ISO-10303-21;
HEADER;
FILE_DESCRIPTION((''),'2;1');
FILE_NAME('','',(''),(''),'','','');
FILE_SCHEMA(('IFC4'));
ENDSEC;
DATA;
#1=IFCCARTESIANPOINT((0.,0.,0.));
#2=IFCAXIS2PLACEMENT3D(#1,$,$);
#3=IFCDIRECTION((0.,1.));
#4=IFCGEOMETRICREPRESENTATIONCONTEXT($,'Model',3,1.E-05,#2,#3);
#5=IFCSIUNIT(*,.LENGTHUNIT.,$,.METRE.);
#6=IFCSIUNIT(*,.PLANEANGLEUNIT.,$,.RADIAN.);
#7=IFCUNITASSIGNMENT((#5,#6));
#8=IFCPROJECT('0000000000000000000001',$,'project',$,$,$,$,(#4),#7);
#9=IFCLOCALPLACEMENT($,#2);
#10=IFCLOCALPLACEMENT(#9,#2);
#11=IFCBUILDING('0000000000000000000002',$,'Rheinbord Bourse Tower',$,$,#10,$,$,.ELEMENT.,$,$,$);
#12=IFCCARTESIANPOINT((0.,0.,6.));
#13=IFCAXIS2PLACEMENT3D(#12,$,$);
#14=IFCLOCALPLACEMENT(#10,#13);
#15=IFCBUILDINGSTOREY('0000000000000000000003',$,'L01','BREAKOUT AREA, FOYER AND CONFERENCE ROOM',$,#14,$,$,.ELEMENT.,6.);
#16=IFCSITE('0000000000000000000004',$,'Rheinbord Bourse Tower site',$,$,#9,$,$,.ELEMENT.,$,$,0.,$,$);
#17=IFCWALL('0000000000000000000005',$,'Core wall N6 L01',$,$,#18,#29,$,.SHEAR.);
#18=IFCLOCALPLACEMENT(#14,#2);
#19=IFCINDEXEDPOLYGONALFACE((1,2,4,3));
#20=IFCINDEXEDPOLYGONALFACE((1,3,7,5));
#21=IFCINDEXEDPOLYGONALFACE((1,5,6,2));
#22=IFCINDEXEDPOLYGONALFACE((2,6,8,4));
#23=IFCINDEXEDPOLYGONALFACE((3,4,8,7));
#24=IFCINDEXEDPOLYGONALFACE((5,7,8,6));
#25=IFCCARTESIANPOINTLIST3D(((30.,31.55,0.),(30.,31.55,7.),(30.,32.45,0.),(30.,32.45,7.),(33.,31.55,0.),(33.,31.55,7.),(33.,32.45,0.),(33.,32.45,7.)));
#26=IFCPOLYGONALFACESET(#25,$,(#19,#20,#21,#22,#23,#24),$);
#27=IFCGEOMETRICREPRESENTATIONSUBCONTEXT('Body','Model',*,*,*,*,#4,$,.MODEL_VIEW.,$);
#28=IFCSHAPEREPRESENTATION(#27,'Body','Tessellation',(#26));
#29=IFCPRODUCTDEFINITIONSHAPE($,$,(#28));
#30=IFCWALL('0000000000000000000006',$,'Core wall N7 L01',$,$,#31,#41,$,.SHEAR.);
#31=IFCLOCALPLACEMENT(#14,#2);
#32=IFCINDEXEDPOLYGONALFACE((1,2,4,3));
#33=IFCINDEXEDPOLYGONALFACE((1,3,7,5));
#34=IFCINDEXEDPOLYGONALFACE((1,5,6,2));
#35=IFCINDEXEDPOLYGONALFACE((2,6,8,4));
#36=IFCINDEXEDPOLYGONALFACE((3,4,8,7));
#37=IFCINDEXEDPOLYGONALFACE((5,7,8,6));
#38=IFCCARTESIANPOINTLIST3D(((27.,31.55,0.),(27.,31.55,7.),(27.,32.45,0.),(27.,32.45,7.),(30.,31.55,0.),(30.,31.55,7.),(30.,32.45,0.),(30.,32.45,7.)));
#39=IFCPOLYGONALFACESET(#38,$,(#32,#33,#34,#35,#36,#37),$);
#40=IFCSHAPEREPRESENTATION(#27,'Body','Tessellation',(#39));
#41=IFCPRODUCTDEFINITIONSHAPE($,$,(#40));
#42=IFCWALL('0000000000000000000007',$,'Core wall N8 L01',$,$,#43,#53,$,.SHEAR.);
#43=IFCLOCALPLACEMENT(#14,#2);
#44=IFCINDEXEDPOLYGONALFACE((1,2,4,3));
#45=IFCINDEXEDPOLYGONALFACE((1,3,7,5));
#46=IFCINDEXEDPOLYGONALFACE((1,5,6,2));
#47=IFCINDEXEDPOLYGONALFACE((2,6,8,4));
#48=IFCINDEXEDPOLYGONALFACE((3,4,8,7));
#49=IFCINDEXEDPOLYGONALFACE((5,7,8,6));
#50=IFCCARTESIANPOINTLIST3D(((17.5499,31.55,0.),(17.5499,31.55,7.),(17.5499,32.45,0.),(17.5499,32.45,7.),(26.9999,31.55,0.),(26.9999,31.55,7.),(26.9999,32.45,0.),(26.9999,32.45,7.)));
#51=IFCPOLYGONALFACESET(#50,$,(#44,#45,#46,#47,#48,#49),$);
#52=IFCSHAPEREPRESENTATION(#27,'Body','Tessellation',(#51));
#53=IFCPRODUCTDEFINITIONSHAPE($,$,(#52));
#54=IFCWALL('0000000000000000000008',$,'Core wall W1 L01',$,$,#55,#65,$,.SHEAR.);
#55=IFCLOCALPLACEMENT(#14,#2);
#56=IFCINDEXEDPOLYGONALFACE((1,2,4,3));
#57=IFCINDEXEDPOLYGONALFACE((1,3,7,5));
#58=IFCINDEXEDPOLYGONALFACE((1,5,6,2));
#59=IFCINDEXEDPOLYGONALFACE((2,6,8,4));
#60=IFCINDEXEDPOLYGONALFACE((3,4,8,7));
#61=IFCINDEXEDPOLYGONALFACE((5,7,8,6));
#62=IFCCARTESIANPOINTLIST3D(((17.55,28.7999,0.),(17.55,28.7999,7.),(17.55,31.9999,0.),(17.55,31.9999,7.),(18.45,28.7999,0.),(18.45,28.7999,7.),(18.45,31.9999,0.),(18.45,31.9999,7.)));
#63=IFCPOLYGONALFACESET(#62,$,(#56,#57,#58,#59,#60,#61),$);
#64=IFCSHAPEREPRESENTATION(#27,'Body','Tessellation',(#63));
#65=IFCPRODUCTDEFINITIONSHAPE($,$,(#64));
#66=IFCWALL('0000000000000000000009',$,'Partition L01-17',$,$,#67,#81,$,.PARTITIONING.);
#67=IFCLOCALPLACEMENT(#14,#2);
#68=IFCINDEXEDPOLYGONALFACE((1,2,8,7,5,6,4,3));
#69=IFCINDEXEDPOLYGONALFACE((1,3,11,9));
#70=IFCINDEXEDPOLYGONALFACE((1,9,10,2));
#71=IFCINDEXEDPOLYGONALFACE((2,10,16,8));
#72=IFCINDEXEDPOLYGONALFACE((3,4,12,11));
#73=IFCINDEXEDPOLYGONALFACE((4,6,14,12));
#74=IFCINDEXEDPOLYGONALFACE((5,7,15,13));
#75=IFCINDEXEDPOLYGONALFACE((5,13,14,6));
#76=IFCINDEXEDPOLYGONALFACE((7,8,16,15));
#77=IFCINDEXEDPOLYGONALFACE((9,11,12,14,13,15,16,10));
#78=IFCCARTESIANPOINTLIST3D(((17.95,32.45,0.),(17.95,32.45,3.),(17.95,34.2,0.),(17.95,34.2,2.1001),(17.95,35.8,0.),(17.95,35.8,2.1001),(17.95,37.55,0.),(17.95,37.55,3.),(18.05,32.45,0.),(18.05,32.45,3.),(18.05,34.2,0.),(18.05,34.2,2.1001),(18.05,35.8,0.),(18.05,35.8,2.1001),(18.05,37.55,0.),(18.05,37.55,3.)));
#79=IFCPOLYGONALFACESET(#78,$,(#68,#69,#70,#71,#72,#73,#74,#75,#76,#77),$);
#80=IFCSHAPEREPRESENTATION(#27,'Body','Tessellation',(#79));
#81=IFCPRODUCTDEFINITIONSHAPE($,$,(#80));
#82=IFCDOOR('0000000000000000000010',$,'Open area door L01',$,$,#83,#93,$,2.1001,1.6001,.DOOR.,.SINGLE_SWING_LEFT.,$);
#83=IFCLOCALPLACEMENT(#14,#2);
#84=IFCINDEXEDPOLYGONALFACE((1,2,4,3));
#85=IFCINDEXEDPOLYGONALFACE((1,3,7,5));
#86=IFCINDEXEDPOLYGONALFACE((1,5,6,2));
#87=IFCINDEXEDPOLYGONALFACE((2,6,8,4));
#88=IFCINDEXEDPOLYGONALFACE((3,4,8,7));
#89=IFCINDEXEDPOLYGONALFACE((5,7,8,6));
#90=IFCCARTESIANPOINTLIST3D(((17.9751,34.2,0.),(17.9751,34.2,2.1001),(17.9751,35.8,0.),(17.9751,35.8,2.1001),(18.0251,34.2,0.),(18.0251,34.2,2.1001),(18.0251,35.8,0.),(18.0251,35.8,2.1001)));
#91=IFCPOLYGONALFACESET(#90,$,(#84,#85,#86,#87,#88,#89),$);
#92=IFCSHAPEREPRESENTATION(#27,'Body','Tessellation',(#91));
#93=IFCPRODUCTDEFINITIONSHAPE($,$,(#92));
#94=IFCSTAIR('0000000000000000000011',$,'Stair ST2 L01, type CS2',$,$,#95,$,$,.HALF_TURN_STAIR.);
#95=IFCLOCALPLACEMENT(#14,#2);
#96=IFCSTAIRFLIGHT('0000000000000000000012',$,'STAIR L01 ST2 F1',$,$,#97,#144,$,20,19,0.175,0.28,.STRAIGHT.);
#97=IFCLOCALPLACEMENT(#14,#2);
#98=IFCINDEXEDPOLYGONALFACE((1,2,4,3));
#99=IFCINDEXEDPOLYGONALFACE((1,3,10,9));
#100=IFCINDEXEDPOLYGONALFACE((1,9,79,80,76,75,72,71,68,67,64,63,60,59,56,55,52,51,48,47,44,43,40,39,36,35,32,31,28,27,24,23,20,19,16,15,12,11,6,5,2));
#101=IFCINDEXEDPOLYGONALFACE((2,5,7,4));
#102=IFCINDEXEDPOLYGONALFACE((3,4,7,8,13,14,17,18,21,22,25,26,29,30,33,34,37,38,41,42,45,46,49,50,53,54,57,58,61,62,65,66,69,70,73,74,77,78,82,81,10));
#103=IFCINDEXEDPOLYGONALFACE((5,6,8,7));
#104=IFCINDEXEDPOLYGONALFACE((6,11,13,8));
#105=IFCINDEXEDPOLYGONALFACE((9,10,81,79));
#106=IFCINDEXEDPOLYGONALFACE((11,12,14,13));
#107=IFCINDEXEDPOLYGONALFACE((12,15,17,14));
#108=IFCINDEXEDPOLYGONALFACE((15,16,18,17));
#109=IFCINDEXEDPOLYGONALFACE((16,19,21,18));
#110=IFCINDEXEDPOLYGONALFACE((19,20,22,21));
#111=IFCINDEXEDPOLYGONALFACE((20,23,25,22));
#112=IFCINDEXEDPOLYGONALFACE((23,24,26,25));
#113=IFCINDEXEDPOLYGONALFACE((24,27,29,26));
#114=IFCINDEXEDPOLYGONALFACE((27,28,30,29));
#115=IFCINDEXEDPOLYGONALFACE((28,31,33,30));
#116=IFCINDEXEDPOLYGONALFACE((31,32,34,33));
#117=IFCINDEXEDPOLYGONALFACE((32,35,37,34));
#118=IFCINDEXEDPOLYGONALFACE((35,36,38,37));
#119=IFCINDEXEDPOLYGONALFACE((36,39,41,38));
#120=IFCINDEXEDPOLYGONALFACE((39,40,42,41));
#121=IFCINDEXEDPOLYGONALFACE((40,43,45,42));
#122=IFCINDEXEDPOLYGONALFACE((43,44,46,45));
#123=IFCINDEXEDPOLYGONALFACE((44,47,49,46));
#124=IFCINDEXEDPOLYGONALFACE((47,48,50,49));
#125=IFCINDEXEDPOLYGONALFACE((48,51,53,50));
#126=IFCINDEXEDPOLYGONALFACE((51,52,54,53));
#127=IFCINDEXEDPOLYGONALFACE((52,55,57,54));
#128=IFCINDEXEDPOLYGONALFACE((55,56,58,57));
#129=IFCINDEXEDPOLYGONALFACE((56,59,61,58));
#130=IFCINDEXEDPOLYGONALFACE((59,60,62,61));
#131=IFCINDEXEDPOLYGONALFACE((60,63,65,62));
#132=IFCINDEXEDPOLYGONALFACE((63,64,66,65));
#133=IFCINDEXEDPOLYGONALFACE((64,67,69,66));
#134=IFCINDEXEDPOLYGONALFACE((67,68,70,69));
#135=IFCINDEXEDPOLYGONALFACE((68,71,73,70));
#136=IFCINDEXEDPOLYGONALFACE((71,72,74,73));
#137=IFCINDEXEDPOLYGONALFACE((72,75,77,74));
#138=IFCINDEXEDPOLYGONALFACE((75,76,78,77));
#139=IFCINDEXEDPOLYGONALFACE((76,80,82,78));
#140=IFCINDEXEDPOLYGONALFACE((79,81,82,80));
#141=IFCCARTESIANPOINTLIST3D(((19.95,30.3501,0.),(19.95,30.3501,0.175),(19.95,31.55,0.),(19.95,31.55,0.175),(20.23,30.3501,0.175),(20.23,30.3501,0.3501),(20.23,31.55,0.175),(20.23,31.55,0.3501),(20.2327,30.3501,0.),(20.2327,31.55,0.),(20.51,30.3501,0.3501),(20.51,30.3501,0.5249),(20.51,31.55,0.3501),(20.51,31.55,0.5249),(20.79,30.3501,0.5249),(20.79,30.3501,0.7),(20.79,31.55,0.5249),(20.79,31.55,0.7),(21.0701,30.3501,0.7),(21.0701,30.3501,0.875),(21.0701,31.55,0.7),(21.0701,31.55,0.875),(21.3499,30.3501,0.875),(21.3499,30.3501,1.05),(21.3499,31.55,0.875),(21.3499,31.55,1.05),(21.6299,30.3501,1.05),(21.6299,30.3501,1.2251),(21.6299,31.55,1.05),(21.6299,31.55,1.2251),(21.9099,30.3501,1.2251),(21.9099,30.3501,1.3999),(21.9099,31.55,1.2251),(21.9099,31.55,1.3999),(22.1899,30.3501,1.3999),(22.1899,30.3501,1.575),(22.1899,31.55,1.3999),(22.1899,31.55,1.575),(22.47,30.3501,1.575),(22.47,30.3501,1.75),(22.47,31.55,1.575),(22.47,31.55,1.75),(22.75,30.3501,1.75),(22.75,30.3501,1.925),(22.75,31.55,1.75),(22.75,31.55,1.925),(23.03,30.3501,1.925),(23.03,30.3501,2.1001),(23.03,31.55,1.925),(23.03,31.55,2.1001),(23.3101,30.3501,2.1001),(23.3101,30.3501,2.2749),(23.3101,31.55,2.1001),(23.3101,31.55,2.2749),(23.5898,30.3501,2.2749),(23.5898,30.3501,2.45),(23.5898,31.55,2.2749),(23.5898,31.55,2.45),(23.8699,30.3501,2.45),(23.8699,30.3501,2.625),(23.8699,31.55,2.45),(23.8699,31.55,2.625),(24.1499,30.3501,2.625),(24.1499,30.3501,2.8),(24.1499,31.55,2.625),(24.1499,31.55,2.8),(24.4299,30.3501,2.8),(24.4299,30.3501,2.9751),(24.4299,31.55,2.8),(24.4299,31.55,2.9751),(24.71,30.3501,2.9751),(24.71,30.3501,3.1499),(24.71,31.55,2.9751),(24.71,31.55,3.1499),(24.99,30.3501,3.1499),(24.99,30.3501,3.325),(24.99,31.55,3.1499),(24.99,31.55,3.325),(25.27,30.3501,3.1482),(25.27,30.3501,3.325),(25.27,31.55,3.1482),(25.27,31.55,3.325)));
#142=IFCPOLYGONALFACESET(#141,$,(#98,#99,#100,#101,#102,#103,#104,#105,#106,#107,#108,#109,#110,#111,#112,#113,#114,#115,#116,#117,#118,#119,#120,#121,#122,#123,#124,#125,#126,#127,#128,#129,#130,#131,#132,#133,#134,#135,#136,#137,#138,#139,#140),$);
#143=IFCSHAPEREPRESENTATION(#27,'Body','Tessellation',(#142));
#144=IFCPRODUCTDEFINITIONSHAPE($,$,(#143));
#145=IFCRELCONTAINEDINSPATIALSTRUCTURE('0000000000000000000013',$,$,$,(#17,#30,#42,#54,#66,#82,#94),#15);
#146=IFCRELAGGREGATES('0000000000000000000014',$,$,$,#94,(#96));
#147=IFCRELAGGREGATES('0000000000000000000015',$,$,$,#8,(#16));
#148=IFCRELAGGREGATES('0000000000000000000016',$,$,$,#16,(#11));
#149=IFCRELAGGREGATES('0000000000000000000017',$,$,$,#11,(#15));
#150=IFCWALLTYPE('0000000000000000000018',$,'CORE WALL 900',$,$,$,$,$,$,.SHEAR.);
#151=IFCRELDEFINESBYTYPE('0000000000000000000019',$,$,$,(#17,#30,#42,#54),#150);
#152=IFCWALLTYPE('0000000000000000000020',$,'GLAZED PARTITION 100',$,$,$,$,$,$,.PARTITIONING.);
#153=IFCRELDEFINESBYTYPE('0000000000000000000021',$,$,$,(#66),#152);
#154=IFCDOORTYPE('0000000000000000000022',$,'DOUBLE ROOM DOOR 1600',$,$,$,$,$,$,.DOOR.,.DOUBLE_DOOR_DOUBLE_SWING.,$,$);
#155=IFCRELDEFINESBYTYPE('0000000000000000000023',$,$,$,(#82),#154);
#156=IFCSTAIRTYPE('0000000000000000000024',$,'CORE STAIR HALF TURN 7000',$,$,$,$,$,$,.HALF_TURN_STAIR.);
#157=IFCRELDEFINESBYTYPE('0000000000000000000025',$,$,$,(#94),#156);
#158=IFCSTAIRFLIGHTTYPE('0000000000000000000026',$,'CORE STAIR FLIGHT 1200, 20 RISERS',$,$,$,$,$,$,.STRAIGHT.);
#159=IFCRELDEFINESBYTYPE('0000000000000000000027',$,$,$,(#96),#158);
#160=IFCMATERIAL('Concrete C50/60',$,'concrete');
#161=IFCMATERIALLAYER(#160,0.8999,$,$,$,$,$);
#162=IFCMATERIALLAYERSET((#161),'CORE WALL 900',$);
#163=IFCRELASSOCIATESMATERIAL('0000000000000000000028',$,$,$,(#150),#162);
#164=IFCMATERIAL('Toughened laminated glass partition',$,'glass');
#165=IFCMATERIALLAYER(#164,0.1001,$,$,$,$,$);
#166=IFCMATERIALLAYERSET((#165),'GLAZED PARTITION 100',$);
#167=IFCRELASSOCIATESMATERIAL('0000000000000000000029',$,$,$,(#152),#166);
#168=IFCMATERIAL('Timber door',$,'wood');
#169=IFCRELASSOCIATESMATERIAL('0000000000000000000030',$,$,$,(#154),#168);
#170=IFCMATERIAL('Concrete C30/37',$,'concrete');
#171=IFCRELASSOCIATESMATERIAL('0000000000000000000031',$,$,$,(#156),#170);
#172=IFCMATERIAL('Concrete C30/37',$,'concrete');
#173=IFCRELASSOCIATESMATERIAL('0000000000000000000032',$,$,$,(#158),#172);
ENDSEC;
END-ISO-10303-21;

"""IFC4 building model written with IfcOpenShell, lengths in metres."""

from ifc_helpers import new_model, si_unit, direction, frame, frame_2d, origin, place, context, subcontext, project, spatial, polyline, rectangle, outline, extrude, material, layer, layer_set, type_object, element, fill, aggregate, save


model = new_model("IFC4")

# Units and contexts
model_context = context("Model", 3, precision=1e-05, world=origin(), true_north=direction((0.0, 1.0)))
body_context = subcontext(model_context, "Body", "Model", "MODEL_VIEW")
ifc_project = project(units=[si_unit("LENGTHUNIT", "METRE"), si_unit("PLANEANGLEUNIT", "RADIAN")], contexts=[model_context])

# Site, building, storey
site_placement = place(None, origin())
site = spatial("IfcSite", under=ifc_project, at=site_placement, Name="Rheinbord Bourse Tower site", CompositionType="ELEMENT", RefElevation=0.0)
building_placement = place(site_placement, origin())
building = spatial("IfcBuilding", under=site, at=building_placement, Name="Rheinbord Bourse Tower", CompositionType="ELEMENT")
storey_placement = place(building_placement, frame((0.0, 0.0, 6.0)))
storey = spatial("IfcBuildingStorey", under=building, at=storey_placement, Name="L01", Description="BREAKOUT AREA, FOYER AND CONFERENCE ROOM", CompositionType="ELEMENT", Elevation=6.0)

# Walls
ifc_material_1 = material(Name="Concrete C50/60", Category="concrete")
ifc_layer_1 = layer(ifc_material_1, 0.8999)
ifc_layer_set_1 = layer_set([ifc_layer_1], Name="CORE WALL 900")
wall_type_1 = type_object("IfcWallType", Name="CORE WALL 900", PredefinedType="SHEAR", material=ifc_layer_set_1)
for number, where, z_axis, x_axis, name in (
    (1, (33.0, 32.0, 0.0), (0.0, 0.0, 1.0), (-1.0, 0.0, 0.0), "Core wall N6 L01"),
    (2, (30.0, 32.0, 0.0), (0.0, 0.0, 1.0), (-1.0, 0.0, 0.0), "Core wall N7 L01"),
):
    element("IfcWall", number, at=place(storey_placement, frame(where, z_axis=z_axis, x_axis=x_axis)), inside=storey, type_object=wall_type_1, Name=name, PredefinedType="SHEAR", context=body_context, shape_type="SweptSolid", body=[
        extrude(rectangle(XDim=3.0, YDim=0.8999, at=frame_2d((1.5, 0.0))), origin(), (0.0, 0.0, 1.0), 7.0),
    ])
wall_1_placement = place(storey_placement, frame((27.0, 32.0, 0.0), z_axis=(0.0, 0.0, 1.0), x_axis=(-1.0, 0.0, 0.0)))
element("IfcWall", 3, at=wall_1_placement, inside=storey, type_object=wall_type_1, Name="Core wall N8 L01", PredefinedType="SHEAR", context=body_context, shape_type="SweptSolid", body=[
    extrude(rectangle(XDim=9.45, YDim=0.8999, at=frame_2d((4.7251, 0.0))), origin(), (0.0, 0.0, 1.0), 7.0),
])
wall_2_placement = place(storey_placement, frame((18.0, 32.0, 0.0), z_axis=(0.0, 0.0, 1.0), x_axis=(0.0, -1.0, 0.0)))
element("IfcWall", 4, at=wall_2_placement, inside=storey, type_object=wall_type_1, Name="Core wall W1 L01", PredefinedType="SHEAR", context=body_context, shape_type="SweptSolid", body=[
    extrude(rectangle(XDim=3.2, YDim=0.8999, at=frame_2d((1.6001, 0.0))), origin(), (0.0, 0.0, 1.0), 7.0),
])

# Wall, opening, door
ifc_material_2 = material(Name="Toughened laminated glass partition", Category="glass")
ifc_layer_2 = layer(ifc_material_2, 0.1001)
ifc_layer_set_2 = layer_set([ifc_layer_2], Name="GLAZED PARTITION 100")
wall_type_2 = type_object("IfcWallType", Name="GLAZED PARTITION 100", PredefinedType="PARTITIONING", material=ifc_layer_set_2)
wall_3_placement = place(storey_placement, frame((18.0, 32.45, 0.0), z_axis=(0.0, 0.0, 1.0), x_axis=(0.0, 1.0, 0.0)))
wall_3 = element("IfcWall", 5, at=wall_3_placement, inside=storey, type_object=wall_type_2, Name="Partition L01-17", PredefinedType="PARTITIONING", context=body_context, shape_type="SweptSolid", body=[
    extrude(rectangle(XDim=5.1001, YDim=0.1001, at=frame_2d((2.55, 0.0))), origin(), (0.0, 0.0, 1.0), 3.0),
])
opening_placement = place(wall_3_placement, frame((1.75, 0.0, 0.0)))
opening = element("IfcOpeningElement", 6, at=opening_placement, cuts=wall_3, PredefinedType="OPENING", context=body_context, shape_type="SweptSolid", body=[
    extrude(rectangle(XDim=1.6001, YDim=2.1001, at=frame_2d((0.8, 1.05))), frame((0.0, 0.0601, 0.0), z_axis=(0.0, -1.0, 0.0), x_axis=(1.0, 0.0, 0.0)), (0.0, 0.0, 1.0), 0.1201),
])
ifc_material_3 = material(Name="Timber door", Category="wood")
door_type = type_object("IfcDoorType", Name="DOUBLE ROOM DOOR 1600", OperationType="DOUBLE_DOOR_DOUBLE_SWING", PredefinedType="DOOR", material=ifc_material_3)
door_placement = place(opening_placement, origin())
door = element("IfcDoor", 7, at=door_placement, inside=storey, type_object=door_type, Name="Open area door L01", OperationType="SINGLE_SWING_LEFT", OverallHeight=2.1001, OverallWidth=1.6001, PredefinedType="DOOR", context=body_context, shape_type="SweptSolid", body=[
    extrude(rectangle(XDim=1.6001, YDim=2.1001, at=frame_2d((0.8, 1.05))), frame((0.0, 0.0249, 0.0), z_axis=(0.0, -1.0, 0.0), x_axis=(1.0, 0.0, 0.0)), (0.0, 0.0, 1.0), 0.05),
])
fill(opening, door)

# Stair, stair flight
ifc_material_4 = material(Name="Concrete C30/37", Category="concrete")
stair_type = type_object("IfcStairType", Name="CORE STAIR HALF TURN 7000", PredefinedType="HALF_TURN_STAIR", material=ifc_material_4)
stair_placement = place(storey_placement, origin())
stair = element("IfcStair", 8, at=stair_placement, inside=storey, type_object=stair_type, Name="Stair ST2 L01, type CS2", PredefinedType="HALF_TURN_STAIR")
ifc_material_5 = material(Name="Concrete C30/37", Category="concrete")
stair_flight_type = type_object("IfcStairFlightType", Name="CORE STAIR FLIGHT 1200, 20 RISERS", PredefinedType="STRAIGHT", material=ifc_material_5)
stair_flight_1_placement = place(storey_placement, frame((19.95, 30.95, 0.0), z_axis=(0.0, 0.0, 1.0), x_axis=(1.0, 0.0, 0.0)))
stair_flight_1 = element("IfcStairFlight", 9, at=stair_flight_1_placement, type_object=stair_flight_type, Name="STAIR L01 ST2 F1", NumberOfRisers=20, NumberOfTreads=19, PredefinedType="STRAIGHT", RiserHeight=0.175, TreadLength=0.28, context=body_context, shape_type="SweptSolid", body=[
    extrude(outline(polyline([(0.0, 0.0), (0.0, 0.175), (0.28, 0.175), (0.28, 0.3501), (0.5601, 0.3501), (0.5601, 0.5249), (0.8401, 0.5249), (0.8401, 0.7), (1.1201, 0.7), (1.1201, 0.875), (1.3999, 0.875), (1.3999, 1.05), (1.6799, 1.05), (1.6799, 1.2251), (1.96, 1.2251), (1.96, 1.3999), (2.24, 1.3999), (2.24, 1.575), (2.52, 1.575), (2.52, 1.75), (2.8, 1.75), (2.8, 1.925), (3.0801, 1.925), (3.0801, 2.1001), (3.3601, 2.1001), (3.3601, 2.2749), (3.6399, 2.2749), (3.6399, 2.45), (3.9199, 2.45), (3.9199, 2.625), (4.2, 2.625), (4.2, 2.8), (4.48, 2.8), (4.48, 2.9751), (4.76, 2.9751), (4.76, 3.1499), (5.04, 3.1499), (5.04, 3.325), (5.3201, 3.325), (5.3201, 3.5), (5.3201, 3.1482), (0.2827, 0.0), (0.0, 0.0)])), frame((0.0, 0.6001, 0.0), z_axis=(0.0, -1.0, 0.0), x_axis=(1.0, 0.0, 0.0)), (0.0, 0.0, 1.0), 1.2),
])
aggregate(stair, [stair_flight_1])

save(model, "model.ifc")
